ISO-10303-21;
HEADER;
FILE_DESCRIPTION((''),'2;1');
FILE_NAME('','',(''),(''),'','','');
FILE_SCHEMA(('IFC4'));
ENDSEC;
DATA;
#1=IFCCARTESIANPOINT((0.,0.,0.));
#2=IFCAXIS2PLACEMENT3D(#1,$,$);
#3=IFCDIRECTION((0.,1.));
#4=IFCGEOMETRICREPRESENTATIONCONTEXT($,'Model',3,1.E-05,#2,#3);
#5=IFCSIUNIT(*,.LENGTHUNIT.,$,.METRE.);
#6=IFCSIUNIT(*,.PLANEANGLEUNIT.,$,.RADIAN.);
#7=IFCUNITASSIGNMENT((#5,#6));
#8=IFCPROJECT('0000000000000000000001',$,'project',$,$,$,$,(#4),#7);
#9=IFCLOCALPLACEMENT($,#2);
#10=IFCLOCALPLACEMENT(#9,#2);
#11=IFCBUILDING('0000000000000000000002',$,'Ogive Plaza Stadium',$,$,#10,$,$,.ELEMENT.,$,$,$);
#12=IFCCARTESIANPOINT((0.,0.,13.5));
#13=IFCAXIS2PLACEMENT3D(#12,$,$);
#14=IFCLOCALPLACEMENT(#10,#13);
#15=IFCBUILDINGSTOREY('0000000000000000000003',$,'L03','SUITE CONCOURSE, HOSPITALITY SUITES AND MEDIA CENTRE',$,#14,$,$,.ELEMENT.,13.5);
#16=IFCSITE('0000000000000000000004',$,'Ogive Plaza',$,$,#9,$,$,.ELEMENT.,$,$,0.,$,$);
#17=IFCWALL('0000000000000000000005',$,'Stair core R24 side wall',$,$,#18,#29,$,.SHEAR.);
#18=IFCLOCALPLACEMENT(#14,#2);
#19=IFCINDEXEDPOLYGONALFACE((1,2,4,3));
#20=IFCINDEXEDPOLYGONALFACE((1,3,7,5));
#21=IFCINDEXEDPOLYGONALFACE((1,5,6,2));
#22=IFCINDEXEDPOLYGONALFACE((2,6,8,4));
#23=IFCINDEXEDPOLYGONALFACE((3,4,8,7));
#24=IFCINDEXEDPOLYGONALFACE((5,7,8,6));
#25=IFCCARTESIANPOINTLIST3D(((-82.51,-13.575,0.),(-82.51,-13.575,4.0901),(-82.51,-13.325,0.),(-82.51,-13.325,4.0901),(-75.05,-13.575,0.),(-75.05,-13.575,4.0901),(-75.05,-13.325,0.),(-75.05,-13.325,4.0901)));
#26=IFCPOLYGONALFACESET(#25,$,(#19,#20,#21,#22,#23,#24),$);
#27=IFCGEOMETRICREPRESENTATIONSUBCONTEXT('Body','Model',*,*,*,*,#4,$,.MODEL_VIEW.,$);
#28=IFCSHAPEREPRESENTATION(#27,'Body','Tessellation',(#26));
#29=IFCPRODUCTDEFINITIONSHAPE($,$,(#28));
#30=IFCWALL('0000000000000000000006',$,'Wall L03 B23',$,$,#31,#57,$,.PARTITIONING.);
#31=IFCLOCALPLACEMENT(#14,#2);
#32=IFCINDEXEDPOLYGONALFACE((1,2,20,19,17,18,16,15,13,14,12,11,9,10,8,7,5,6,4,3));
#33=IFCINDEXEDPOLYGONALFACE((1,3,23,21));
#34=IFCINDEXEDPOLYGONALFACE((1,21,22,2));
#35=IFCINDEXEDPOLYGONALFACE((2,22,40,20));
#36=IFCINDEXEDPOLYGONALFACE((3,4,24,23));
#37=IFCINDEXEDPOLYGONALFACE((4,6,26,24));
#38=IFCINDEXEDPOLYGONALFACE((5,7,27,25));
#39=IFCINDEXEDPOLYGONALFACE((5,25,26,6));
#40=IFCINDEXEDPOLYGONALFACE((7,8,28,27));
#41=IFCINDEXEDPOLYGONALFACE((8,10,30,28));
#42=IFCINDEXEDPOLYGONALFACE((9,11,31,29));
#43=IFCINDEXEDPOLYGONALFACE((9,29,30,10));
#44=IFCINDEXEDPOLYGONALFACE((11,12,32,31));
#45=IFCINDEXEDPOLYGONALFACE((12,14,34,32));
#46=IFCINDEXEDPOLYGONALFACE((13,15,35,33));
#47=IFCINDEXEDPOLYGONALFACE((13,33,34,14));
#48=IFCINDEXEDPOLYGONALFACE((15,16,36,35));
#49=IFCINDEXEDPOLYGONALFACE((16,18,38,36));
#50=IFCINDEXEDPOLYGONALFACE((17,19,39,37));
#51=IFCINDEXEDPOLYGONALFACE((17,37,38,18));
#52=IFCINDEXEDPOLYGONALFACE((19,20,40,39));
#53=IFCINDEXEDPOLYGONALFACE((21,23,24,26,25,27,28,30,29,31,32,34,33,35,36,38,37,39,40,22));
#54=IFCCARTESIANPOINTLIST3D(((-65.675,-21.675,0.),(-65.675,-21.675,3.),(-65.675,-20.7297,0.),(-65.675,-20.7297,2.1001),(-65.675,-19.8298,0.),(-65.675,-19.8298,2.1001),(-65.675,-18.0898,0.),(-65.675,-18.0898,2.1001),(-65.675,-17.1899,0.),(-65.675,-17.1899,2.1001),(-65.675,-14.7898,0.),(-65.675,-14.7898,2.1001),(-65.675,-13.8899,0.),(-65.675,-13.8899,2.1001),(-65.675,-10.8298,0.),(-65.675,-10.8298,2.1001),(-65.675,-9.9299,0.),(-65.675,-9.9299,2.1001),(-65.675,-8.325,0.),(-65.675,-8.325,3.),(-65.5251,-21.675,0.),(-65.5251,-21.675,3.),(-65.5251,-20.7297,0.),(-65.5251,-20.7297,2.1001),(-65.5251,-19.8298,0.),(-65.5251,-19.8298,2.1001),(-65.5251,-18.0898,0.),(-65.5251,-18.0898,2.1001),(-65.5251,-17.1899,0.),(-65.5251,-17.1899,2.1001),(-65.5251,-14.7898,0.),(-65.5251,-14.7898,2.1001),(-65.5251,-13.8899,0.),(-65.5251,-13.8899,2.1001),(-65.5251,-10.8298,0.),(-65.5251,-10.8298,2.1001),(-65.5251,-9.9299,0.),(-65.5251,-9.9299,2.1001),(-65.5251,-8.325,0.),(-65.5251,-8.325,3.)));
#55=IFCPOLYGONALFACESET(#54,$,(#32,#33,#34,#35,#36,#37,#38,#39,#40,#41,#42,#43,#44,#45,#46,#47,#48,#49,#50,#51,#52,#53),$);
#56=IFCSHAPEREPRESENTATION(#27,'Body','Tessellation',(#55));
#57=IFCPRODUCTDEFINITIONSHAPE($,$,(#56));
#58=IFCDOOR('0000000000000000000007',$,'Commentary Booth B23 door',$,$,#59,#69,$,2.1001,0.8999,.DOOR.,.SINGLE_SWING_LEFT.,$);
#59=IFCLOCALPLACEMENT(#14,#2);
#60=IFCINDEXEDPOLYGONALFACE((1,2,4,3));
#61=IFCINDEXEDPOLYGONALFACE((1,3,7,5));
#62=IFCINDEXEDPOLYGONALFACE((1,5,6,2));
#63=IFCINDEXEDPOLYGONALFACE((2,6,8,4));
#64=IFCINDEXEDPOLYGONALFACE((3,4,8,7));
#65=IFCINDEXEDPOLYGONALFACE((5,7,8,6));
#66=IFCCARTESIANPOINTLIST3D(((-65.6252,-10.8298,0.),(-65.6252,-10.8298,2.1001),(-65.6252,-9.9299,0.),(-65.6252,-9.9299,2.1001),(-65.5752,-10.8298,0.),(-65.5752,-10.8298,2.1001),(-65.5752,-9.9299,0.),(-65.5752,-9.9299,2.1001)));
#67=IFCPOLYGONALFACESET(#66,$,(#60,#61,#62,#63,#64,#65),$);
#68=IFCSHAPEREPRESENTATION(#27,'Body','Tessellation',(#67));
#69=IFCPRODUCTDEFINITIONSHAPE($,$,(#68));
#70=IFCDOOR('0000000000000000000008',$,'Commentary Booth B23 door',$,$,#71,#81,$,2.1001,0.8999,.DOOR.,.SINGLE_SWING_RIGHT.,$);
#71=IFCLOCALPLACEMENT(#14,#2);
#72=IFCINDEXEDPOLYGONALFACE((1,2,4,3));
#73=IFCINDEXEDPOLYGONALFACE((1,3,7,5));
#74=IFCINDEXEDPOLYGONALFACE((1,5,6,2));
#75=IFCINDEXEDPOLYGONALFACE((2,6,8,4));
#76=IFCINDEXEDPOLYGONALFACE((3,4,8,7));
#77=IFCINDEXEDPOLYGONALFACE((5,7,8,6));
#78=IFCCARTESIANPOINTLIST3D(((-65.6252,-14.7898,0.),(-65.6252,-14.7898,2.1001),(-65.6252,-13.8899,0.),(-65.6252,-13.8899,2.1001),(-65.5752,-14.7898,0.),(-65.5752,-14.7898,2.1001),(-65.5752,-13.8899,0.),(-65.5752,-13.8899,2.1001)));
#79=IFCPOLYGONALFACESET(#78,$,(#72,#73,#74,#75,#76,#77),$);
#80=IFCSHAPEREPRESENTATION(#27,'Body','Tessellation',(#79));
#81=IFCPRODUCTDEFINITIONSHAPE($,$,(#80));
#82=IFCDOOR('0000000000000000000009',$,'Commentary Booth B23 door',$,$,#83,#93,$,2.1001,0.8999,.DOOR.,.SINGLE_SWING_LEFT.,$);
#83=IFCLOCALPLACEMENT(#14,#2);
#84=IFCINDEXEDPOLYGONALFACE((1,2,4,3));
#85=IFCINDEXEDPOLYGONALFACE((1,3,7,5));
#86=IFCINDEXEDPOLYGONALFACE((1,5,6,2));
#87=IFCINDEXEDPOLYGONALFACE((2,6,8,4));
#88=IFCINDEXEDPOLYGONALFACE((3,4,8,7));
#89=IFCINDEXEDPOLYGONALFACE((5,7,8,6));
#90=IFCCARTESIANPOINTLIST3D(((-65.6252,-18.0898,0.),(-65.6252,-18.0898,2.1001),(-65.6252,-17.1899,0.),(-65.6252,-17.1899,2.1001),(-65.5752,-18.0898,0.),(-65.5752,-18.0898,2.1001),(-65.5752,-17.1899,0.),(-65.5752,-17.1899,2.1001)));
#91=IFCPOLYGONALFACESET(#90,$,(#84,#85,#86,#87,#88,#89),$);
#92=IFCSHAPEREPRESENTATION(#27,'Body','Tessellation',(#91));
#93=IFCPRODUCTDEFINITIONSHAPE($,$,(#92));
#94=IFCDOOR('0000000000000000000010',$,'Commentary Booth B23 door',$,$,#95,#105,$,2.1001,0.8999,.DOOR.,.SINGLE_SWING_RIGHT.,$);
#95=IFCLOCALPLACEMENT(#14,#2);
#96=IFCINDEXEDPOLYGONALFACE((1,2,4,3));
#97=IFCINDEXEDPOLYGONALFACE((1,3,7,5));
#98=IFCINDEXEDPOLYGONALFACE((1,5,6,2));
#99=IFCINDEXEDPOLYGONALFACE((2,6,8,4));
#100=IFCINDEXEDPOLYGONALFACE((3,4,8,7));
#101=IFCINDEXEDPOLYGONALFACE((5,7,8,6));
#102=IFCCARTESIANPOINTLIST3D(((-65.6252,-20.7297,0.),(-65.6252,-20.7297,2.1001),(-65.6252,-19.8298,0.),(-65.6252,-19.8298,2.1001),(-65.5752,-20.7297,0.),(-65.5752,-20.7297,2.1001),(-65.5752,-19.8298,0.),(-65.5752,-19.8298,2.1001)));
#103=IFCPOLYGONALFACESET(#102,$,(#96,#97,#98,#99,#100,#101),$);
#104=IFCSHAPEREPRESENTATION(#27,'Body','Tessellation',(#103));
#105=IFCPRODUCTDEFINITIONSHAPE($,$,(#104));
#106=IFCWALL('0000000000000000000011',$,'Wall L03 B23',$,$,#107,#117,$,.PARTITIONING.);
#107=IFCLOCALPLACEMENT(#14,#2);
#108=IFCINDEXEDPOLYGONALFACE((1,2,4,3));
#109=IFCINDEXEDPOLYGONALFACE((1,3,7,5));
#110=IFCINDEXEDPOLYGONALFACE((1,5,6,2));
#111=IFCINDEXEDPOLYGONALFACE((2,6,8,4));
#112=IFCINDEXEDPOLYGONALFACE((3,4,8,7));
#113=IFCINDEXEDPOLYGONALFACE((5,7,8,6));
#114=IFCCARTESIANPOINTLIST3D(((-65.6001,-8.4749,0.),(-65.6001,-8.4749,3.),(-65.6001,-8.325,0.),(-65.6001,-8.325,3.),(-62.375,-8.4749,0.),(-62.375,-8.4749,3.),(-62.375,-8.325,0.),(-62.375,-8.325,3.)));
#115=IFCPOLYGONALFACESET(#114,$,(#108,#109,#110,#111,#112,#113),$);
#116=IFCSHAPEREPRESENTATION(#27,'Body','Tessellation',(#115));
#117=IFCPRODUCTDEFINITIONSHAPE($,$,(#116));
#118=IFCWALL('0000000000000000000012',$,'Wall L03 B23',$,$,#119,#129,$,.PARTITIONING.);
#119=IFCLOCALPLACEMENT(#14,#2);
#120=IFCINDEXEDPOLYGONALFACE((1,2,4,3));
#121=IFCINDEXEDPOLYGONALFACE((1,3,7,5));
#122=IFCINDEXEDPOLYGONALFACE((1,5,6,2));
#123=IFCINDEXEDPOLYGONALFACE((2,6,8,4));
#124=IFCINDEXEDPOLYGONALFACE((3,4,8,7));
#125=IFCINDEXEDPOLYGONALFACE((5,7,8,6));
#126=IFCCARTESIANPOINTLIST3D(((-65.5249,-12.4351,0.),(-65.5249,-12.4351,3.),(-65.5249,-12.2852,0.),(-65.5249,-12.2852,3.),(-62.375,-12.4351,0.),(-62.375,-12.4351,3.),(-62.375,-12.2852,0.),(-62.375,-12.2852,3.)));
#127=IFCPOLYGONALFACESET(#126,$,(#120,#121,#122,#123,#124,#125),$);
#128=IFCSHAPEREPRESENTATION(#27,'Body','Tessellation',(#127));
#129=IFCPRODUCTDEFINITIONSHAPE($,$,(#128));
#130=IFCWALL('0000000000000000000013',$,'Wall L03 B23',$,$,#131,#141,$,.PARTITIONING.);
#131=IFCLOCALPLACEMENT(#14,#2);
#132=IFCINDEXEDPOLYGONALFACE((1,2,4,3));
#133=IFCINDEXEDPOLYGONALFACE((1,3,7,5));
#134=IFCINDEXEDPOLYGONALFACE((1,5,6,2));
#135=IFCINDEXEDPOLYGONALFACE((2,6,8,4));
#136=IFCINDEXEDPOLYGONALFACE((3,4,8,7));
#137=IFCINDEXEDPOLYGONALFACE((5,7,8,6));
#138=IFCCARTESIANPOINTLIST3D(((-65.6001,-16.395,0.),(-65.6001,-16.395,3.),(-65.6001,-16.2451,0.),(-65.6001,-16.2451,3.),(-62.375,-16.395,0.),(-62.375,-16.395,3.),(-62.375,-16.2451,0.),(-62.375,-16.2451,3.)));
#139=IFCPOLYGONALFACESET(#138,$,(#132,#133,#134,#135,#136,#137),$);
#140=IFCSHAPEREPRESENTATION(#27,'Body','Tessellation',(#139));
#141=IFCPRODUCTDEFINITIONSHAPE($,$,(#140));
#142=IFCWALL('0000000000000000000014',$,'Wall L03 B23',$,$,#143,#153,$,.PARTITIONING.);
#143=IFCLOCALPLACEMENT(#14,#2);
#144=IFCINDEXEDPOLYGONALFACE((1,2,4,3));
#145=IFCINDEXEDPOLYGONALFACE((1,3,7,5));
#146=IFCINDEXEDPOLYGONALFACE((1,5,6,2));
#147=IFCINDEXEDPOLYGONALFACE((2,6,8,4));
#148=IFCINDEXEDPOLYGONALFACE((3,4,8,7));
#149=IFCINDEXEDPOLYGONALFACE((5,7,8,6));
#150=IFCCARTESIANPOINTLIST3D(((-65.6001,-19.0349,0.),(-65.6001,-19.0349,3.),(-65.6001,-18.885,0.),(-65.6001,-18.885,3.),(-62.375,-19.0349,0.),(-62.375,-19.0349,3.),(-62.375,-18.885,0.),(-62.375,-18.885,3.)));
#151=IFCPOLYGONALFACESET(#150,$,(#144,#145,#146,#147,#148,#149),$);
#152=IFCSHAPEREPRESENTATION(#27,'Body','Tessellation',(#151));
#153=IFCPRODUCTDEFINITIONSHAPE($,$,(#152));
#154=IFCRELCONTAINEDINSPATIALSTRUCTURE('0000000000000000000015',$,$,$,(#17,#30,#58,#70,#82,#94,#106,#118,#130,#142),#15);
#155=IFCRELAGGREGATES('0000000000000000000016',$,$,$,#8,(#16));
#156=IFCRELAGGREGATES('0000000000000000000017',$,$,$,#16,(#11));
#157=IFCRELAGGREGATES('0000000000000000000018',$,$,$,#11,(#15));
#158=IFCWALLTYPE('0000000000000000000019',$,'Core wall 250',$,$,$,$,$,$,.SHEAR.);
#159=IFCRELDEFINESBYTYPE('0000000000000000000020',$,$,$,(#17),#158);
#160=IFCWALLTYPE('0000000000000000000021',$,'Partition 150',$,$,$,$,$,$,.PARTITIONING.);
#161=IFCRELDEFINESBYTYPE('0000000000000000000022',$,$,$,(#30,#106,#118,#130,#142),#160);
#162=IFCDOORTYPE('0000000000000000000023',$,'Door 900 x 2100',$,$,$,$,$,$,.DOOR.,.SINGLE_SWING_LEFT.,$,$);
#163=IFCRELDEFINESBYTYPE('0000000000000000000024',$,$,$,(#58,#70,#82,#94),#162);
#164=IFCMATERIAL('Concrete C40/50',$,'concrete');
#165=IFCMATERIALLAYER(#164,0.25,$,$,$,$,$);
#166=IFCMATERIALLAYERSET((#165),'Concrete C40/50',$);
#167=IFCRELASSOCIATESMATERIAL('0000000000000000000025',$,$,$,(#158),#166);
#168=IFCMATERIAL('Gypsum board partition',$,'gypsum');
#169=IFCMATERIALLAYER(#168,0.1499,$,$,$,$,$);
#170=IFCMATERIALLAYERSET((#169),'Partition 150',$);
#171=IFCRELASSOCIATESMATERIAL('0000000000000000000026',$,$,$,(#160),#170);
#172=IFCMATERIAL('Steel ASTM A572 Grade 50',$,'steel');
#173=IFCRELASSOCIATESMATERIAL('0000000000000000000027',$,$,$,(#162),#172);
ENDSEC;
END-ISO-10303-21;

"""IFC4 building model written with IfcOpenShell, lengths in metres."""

from ifc_helpers import new_model, si_unit, direction, frame, frame_2d, origin, place, context, subcontext, project, spatial, rectangle, extrude, material, layer, layer_set, type_object, element, fill, save


model = new_model("IFC4")

# Units and contexts
model_context = context("Model", 3, precision=1e-05, world=origin(), true_north=direction((0.0, 1.0)))
body_context = subcontext(model_context, "Body", "Model", "MODEL_VIEW")
ifc_project = project(units=[si_unit("LENGTHUNIT", "METRE"), si_unit("PLANEANGLEUNIT", "RADIAN")], contexts=[model_context])

# Site, building, storey
site_placement = place(None, origin())
site = spatial("IfcSite", under=ifc_project, at=site_placement, Name="Ogive Plaza", CompositionType="ELEMENT", RefElevation=0.0)
building_placement = place(site_placement, origin())
building = spatial("IfcBuilding", under=site, at=building_placement, Name="Ogive Plaza Stadium", CompositionType="ELEMENT")
storey_placement = place(building_placement, frame((0.0, 0.0, 13.5)))
storey = spatial("IfcBuildingStorey", under=building, at=storey_placement, Name="L03", Description="SUITE CONCOURSE, HOSPITALITY SUITES AND MEDIA CENTRE", CompositionType="ELEMENT", Elevation=13.5)

# Wall
ifc_material_1 = material(Name="Concrete C40/50", Category="concrete")
ifc_layer_1 = layer(ifc_material_1, 0.25)
ifc_layer_set_1 = layer_set([ifc_layer_1], Name="Concrete C40/50")
wall_type_1 = type_object("IfcWallType", Name="Core wall 250", PredefinedType="SHEAR", material=ifc_layer_set_1)
wall_1_placement = place(storey_placement, frame((-75.05, -13.45, 0.0), z_axis=(0.0, 0.0, 1.0), x_axis=(-1.0, 0.0, 0.0)))
element("IfcWall", 1, at=wall_1_placement, inside=storey, type_object=wall_type_1, Name="Stair core R24 side wall", PredefinedType="SHEAR", context=body_context, shape_type="SweptSolid", body=[
    extrude(rectangle(XDim=7.46, YDim=0.25, at=frame_2d((3.73, 0.0))), origin(), (0.0, 0.0, 1.0), 4.0901),
])

# Wall, openings, doors
ifc_material_2 = material(Name="Gypsum board partition", Category="gypsum")
ifc_layer_2 = layer(ifc_material_2, 0.1499)
ifc_layer_set_2 = layer_set([ifc_layer_2], Name="Partition 150")
wall_type_2 = type_object("IfcWallType", Name="Partition 150", PredefinedType="PARTITIONING", material=ifc_layer_set_2)
wall_2_placement = place(storey_placement, frame((-65.6001, -8.325, 0.0), z_axis=(0.0, 0.0, 1.0), x_axis=(0.0, -1.0, 0.0)))
wall_2 = element("IfcWall", 2, at=wall_2_placement, inside=storey, type_object=wall_type_2, Name="Wall L03 B23", PredefinedType="PARTITIONING", context=body_context, shape_type="SweptSolid", body=[
    extrude(rectangle(XDim=13.3501, YDim=0.1499, at=frame_2d((6.675, 0.0))), origin(), (0.0, 0.0, 1.0), 3.0),
])
opening_1_placement = place(wall_2_placement, frame((1.605, 0.0, 0.0)))
opening_1 = element("IfcOpeningElement", 3, at=opening_1_placement, cuts=wall_2, PredefinedType="OPENING", context=body_context, shape_type="SweptSolid", body=[
    extrude(rectangle(XDim=0.8999, YDim=2.1001, at=frame_2d((0.45, 1.05))), frame((0.0, 0.075, 0.0), z_axis=(0.0, -1.0, 0.0), x_axis=(1.0, 0.0, 0.0)), (0.0, 0.0, 1.0), 0.1499),
])
opening_2_placement = place(wall_2_placement, frame((5.5649, 0.0, 0.0)))
opening_2 = element("IfcOpeningElement", 4, at=opening_2_placement, cuts=wall_2, PredefinedType="OPENING", context=body_context, shape_type="SweptSolid", body=[
    extrude(rectangle(XDim=0.8999, YDim=2.1001, at=frame_2d((0.45, 1.05))), frame((0.0, 0.075, 0.0), z_axis=(0.0, -1.0, 0.0), x_axis=(1.0, 0.0, 0.0)), (0.0, 0.0, 1.0), 0.1499),
])
opening_3_placement = place(wall_2_placement, frame((8.865, 0.0, 0.0)))
opening_3 = element("IfcOpeningElement", 5, at=opening_3_placement, cuts=wall_2, PredefinedType="OPENING", context=body_context, shape_type="SweptSolid", body=[
    extrude(rectangle(XDim=0.8999, YDim=2.1001, at=frame_2d((0.45, 1.05))), frame((0.0, 0.075, 0.0), z_axis=(0.0, -1.0, 0.0), x_axis=(1.0, 0.0, 0.0)), (0.0, 0.0, 1.0), 0.1499),
])
opening_4_placement = place(wall_2_placement, frame((11.5049, 0.0, 0.0)))
opening_4 = element("IfcOpeningElement", 6, at=opening_4_placement, cuts=wall_2, PredefinedType="OPENING", context=body_context, shape_type="SweptSolid", body=[
    extrude(rectangle(XDim=0.8999, YDim=2.1001, at=frame_2d((0.45, 1.05))), frame((0.0, 0.075, 0.0), z_axis=(0.0, -1.0, 0.0), x_axis=(1.0, 0.0, 0.0)), (0.0, 0.0, 1.0), 0.1499),
])
ifc_material_3 = material(Name="Steel ASTM A572 Grade 50", Category="steel")
door_type_1 = type_object("IfcDoorType", Name="Door 900 x 2100", OperationType="SINGLE_SWING_LEFT", PredefinedType="DOOR", material=ifc_material_3)
door_1_placement = place(opening_1_placement, origin())
door_1 = element("IfcDoor", 7, at=door_1_placement, inside=storey, type_object=door_type_1, Name="Commentary Booth B23 door", OperationType="SINGLE_SWING_LEFT", OverallHeight=2.1001, OverallWidth=0.8999, PredefinedType="DOOR", context=body_context, shape_type="SweptSolid", body=[
    extrude(rectangle(XDim=0.8999, YDim=2.1001, at=frame_2d((0.45, 1.05))), frame((0.0, 0.0249, 0.0), z_axis=(0.0, -1.0, 0.0), x_axis=(1.0, 0.0, 0.0)), (0.0, 0.0, 1.0), 0.05),
])
fill(opening_1, door_1)
door_2_placement = place(opening_2_placement, origin())
door_2 = element("IfcDoor", 8, at=door_2_placement, inside=storey, type_object=door_type_1, Name="Commentary Booth B23 door", OperationType="SINGLE_SWING_RIGHT", OverallHeight=2.1001, OverallWidth=0.8999, PredefinedType="DOOR", context=body_context, shape_type="SweptSolid", body=[
    extrude(rectangle(XDim=0.8999, YDim=2.1001, at=frame_2d((0.45, 1.05))), frame((0.0, 0.0249, 0.0), z_axis=(0.0, -1.0, 0.0), x_axis=(1.0, 0.0, 0.0)), (0.0, 0.0, 1.0), 0.05),
])
fill(opening_2, door_2)
door_3_placement = place(opening_3_placement, origin())
door_3 = element("IfcDoor", 9, at=door_3_placement, inside=storey, type_object=door_type_1, Name="Commentary Booth B23 door", OperationType="SINGLE_SWING_LEFT", OverallHeight=2.1001, OverallWidth=0.8999, PredefinedType="DOOR", context=body_context, shape_type="SweptSolid", body=[
    extrude(rectangle(XDim=0.8999, YDim=2.1001, at=frame_2d((0.45, 1.05))), frame((0.0, 0.0249, 0.0), z_axis=(0.0, -1.0, 0.0), x_axis=(1.0, 0.0, 0.0)), (0.0, 0.0, 1.0), 0.05),
])
fill(opening_3, door_3)
door_4_placement = place(opening_4_placement, origin())
door_4 = element("IfcDoor", 10, at=door_4_placement, inside=storey, type_object=door_type_1, Name="Commentary Booth B23 door", OperationType="SINGLE_SWING_RIGHT", OverallHeight=2.1001, OverallWidth=0.8999, PredefinedType="DOOR", context=body_context, shape_type="SweptSolid", body=[
    extrude(rectangle(XDim=0.8999, YDim=2.1001, at=frame_2d((0.45, 1.05))), frame((0.0, 0.0249, 0.0), z_axis=(0.0, -1.0, 0.0), x_axis=(1.0, 0.0, 0.0)), (0.0, 0.0, 1.0), 0.05),
])
fill(opening_4, door_4)

# Walls
wall_3_placement = place(storey_placement, frame((-62.375, -8.3999, 0.0), z_axis=(0.0, 0.0, 1.0), x_axis=(-1.0, 0.0, 0.0)))
element("IfcWall", 11, at=wall_3_placement, inside=storey, type_object=wall_type_2, Name="Wall L03 B23", PredefinedType="PARTITIONING", context=body_context, shape_type="SweptSolid", body=[
    extrude(rectangle(XDim=3.2251, YDim=0.1499, at=frame_2d((1.6125, 0.0))), origin(), (0.0, 0.0, 1.0), 3.0),
])
wall_4_placement = place(storey_placement, frame((-62.375, -12.3601, 0.0), z_axis=(0.0, 0.0, 1.0), x_axis=(-1.0, 0.0, 0.0)))
element("IfcWall", 12, at=wall_4_placement, inside=storey, type_object=wall_type_2, Name="Wall L03 B23", PredefinedType="PARTITIONING", context=body_context, shape_type="SweptSolid", body=[
    extrude(rectangle(XDim=3.1499, YDim=0.1499, at=frame_2d((1.575, 0.0))), origin(), (0.0, 0.0, 1.0), 3.0),
])
for number, where, z_axis, x_axis, name in (
    (13, (-62.375, -16.3201, 0.0), (0.0, 0.0, 1.0), (-1.0, 0.0, 0.0), "Wall L03 B23"),
    (14, (-62.375, -18.96, 0.0), (0.0, 0.0, 1.0), (-1.0, 0.0, 0.0), "Wall L03 B23"),
):
    element("IfcWall", number, at=place(storey_placement, frame(where, z_axis=z_axis, x_axis=x_axis)), inside=storey, type_object=wall_type_2, Name=name, PredefinedType="PARTITIONING", context=body_context, shape_type="SweptSolid", body=[
        extrude(rectangle(XDim=3.2251, YDim=0.1499, at=frame_2d((1.6125, 0.0))), origin(), (0.0, 0.0, 1.0), 3.0),
    ])

save(model, "model.ifc")
